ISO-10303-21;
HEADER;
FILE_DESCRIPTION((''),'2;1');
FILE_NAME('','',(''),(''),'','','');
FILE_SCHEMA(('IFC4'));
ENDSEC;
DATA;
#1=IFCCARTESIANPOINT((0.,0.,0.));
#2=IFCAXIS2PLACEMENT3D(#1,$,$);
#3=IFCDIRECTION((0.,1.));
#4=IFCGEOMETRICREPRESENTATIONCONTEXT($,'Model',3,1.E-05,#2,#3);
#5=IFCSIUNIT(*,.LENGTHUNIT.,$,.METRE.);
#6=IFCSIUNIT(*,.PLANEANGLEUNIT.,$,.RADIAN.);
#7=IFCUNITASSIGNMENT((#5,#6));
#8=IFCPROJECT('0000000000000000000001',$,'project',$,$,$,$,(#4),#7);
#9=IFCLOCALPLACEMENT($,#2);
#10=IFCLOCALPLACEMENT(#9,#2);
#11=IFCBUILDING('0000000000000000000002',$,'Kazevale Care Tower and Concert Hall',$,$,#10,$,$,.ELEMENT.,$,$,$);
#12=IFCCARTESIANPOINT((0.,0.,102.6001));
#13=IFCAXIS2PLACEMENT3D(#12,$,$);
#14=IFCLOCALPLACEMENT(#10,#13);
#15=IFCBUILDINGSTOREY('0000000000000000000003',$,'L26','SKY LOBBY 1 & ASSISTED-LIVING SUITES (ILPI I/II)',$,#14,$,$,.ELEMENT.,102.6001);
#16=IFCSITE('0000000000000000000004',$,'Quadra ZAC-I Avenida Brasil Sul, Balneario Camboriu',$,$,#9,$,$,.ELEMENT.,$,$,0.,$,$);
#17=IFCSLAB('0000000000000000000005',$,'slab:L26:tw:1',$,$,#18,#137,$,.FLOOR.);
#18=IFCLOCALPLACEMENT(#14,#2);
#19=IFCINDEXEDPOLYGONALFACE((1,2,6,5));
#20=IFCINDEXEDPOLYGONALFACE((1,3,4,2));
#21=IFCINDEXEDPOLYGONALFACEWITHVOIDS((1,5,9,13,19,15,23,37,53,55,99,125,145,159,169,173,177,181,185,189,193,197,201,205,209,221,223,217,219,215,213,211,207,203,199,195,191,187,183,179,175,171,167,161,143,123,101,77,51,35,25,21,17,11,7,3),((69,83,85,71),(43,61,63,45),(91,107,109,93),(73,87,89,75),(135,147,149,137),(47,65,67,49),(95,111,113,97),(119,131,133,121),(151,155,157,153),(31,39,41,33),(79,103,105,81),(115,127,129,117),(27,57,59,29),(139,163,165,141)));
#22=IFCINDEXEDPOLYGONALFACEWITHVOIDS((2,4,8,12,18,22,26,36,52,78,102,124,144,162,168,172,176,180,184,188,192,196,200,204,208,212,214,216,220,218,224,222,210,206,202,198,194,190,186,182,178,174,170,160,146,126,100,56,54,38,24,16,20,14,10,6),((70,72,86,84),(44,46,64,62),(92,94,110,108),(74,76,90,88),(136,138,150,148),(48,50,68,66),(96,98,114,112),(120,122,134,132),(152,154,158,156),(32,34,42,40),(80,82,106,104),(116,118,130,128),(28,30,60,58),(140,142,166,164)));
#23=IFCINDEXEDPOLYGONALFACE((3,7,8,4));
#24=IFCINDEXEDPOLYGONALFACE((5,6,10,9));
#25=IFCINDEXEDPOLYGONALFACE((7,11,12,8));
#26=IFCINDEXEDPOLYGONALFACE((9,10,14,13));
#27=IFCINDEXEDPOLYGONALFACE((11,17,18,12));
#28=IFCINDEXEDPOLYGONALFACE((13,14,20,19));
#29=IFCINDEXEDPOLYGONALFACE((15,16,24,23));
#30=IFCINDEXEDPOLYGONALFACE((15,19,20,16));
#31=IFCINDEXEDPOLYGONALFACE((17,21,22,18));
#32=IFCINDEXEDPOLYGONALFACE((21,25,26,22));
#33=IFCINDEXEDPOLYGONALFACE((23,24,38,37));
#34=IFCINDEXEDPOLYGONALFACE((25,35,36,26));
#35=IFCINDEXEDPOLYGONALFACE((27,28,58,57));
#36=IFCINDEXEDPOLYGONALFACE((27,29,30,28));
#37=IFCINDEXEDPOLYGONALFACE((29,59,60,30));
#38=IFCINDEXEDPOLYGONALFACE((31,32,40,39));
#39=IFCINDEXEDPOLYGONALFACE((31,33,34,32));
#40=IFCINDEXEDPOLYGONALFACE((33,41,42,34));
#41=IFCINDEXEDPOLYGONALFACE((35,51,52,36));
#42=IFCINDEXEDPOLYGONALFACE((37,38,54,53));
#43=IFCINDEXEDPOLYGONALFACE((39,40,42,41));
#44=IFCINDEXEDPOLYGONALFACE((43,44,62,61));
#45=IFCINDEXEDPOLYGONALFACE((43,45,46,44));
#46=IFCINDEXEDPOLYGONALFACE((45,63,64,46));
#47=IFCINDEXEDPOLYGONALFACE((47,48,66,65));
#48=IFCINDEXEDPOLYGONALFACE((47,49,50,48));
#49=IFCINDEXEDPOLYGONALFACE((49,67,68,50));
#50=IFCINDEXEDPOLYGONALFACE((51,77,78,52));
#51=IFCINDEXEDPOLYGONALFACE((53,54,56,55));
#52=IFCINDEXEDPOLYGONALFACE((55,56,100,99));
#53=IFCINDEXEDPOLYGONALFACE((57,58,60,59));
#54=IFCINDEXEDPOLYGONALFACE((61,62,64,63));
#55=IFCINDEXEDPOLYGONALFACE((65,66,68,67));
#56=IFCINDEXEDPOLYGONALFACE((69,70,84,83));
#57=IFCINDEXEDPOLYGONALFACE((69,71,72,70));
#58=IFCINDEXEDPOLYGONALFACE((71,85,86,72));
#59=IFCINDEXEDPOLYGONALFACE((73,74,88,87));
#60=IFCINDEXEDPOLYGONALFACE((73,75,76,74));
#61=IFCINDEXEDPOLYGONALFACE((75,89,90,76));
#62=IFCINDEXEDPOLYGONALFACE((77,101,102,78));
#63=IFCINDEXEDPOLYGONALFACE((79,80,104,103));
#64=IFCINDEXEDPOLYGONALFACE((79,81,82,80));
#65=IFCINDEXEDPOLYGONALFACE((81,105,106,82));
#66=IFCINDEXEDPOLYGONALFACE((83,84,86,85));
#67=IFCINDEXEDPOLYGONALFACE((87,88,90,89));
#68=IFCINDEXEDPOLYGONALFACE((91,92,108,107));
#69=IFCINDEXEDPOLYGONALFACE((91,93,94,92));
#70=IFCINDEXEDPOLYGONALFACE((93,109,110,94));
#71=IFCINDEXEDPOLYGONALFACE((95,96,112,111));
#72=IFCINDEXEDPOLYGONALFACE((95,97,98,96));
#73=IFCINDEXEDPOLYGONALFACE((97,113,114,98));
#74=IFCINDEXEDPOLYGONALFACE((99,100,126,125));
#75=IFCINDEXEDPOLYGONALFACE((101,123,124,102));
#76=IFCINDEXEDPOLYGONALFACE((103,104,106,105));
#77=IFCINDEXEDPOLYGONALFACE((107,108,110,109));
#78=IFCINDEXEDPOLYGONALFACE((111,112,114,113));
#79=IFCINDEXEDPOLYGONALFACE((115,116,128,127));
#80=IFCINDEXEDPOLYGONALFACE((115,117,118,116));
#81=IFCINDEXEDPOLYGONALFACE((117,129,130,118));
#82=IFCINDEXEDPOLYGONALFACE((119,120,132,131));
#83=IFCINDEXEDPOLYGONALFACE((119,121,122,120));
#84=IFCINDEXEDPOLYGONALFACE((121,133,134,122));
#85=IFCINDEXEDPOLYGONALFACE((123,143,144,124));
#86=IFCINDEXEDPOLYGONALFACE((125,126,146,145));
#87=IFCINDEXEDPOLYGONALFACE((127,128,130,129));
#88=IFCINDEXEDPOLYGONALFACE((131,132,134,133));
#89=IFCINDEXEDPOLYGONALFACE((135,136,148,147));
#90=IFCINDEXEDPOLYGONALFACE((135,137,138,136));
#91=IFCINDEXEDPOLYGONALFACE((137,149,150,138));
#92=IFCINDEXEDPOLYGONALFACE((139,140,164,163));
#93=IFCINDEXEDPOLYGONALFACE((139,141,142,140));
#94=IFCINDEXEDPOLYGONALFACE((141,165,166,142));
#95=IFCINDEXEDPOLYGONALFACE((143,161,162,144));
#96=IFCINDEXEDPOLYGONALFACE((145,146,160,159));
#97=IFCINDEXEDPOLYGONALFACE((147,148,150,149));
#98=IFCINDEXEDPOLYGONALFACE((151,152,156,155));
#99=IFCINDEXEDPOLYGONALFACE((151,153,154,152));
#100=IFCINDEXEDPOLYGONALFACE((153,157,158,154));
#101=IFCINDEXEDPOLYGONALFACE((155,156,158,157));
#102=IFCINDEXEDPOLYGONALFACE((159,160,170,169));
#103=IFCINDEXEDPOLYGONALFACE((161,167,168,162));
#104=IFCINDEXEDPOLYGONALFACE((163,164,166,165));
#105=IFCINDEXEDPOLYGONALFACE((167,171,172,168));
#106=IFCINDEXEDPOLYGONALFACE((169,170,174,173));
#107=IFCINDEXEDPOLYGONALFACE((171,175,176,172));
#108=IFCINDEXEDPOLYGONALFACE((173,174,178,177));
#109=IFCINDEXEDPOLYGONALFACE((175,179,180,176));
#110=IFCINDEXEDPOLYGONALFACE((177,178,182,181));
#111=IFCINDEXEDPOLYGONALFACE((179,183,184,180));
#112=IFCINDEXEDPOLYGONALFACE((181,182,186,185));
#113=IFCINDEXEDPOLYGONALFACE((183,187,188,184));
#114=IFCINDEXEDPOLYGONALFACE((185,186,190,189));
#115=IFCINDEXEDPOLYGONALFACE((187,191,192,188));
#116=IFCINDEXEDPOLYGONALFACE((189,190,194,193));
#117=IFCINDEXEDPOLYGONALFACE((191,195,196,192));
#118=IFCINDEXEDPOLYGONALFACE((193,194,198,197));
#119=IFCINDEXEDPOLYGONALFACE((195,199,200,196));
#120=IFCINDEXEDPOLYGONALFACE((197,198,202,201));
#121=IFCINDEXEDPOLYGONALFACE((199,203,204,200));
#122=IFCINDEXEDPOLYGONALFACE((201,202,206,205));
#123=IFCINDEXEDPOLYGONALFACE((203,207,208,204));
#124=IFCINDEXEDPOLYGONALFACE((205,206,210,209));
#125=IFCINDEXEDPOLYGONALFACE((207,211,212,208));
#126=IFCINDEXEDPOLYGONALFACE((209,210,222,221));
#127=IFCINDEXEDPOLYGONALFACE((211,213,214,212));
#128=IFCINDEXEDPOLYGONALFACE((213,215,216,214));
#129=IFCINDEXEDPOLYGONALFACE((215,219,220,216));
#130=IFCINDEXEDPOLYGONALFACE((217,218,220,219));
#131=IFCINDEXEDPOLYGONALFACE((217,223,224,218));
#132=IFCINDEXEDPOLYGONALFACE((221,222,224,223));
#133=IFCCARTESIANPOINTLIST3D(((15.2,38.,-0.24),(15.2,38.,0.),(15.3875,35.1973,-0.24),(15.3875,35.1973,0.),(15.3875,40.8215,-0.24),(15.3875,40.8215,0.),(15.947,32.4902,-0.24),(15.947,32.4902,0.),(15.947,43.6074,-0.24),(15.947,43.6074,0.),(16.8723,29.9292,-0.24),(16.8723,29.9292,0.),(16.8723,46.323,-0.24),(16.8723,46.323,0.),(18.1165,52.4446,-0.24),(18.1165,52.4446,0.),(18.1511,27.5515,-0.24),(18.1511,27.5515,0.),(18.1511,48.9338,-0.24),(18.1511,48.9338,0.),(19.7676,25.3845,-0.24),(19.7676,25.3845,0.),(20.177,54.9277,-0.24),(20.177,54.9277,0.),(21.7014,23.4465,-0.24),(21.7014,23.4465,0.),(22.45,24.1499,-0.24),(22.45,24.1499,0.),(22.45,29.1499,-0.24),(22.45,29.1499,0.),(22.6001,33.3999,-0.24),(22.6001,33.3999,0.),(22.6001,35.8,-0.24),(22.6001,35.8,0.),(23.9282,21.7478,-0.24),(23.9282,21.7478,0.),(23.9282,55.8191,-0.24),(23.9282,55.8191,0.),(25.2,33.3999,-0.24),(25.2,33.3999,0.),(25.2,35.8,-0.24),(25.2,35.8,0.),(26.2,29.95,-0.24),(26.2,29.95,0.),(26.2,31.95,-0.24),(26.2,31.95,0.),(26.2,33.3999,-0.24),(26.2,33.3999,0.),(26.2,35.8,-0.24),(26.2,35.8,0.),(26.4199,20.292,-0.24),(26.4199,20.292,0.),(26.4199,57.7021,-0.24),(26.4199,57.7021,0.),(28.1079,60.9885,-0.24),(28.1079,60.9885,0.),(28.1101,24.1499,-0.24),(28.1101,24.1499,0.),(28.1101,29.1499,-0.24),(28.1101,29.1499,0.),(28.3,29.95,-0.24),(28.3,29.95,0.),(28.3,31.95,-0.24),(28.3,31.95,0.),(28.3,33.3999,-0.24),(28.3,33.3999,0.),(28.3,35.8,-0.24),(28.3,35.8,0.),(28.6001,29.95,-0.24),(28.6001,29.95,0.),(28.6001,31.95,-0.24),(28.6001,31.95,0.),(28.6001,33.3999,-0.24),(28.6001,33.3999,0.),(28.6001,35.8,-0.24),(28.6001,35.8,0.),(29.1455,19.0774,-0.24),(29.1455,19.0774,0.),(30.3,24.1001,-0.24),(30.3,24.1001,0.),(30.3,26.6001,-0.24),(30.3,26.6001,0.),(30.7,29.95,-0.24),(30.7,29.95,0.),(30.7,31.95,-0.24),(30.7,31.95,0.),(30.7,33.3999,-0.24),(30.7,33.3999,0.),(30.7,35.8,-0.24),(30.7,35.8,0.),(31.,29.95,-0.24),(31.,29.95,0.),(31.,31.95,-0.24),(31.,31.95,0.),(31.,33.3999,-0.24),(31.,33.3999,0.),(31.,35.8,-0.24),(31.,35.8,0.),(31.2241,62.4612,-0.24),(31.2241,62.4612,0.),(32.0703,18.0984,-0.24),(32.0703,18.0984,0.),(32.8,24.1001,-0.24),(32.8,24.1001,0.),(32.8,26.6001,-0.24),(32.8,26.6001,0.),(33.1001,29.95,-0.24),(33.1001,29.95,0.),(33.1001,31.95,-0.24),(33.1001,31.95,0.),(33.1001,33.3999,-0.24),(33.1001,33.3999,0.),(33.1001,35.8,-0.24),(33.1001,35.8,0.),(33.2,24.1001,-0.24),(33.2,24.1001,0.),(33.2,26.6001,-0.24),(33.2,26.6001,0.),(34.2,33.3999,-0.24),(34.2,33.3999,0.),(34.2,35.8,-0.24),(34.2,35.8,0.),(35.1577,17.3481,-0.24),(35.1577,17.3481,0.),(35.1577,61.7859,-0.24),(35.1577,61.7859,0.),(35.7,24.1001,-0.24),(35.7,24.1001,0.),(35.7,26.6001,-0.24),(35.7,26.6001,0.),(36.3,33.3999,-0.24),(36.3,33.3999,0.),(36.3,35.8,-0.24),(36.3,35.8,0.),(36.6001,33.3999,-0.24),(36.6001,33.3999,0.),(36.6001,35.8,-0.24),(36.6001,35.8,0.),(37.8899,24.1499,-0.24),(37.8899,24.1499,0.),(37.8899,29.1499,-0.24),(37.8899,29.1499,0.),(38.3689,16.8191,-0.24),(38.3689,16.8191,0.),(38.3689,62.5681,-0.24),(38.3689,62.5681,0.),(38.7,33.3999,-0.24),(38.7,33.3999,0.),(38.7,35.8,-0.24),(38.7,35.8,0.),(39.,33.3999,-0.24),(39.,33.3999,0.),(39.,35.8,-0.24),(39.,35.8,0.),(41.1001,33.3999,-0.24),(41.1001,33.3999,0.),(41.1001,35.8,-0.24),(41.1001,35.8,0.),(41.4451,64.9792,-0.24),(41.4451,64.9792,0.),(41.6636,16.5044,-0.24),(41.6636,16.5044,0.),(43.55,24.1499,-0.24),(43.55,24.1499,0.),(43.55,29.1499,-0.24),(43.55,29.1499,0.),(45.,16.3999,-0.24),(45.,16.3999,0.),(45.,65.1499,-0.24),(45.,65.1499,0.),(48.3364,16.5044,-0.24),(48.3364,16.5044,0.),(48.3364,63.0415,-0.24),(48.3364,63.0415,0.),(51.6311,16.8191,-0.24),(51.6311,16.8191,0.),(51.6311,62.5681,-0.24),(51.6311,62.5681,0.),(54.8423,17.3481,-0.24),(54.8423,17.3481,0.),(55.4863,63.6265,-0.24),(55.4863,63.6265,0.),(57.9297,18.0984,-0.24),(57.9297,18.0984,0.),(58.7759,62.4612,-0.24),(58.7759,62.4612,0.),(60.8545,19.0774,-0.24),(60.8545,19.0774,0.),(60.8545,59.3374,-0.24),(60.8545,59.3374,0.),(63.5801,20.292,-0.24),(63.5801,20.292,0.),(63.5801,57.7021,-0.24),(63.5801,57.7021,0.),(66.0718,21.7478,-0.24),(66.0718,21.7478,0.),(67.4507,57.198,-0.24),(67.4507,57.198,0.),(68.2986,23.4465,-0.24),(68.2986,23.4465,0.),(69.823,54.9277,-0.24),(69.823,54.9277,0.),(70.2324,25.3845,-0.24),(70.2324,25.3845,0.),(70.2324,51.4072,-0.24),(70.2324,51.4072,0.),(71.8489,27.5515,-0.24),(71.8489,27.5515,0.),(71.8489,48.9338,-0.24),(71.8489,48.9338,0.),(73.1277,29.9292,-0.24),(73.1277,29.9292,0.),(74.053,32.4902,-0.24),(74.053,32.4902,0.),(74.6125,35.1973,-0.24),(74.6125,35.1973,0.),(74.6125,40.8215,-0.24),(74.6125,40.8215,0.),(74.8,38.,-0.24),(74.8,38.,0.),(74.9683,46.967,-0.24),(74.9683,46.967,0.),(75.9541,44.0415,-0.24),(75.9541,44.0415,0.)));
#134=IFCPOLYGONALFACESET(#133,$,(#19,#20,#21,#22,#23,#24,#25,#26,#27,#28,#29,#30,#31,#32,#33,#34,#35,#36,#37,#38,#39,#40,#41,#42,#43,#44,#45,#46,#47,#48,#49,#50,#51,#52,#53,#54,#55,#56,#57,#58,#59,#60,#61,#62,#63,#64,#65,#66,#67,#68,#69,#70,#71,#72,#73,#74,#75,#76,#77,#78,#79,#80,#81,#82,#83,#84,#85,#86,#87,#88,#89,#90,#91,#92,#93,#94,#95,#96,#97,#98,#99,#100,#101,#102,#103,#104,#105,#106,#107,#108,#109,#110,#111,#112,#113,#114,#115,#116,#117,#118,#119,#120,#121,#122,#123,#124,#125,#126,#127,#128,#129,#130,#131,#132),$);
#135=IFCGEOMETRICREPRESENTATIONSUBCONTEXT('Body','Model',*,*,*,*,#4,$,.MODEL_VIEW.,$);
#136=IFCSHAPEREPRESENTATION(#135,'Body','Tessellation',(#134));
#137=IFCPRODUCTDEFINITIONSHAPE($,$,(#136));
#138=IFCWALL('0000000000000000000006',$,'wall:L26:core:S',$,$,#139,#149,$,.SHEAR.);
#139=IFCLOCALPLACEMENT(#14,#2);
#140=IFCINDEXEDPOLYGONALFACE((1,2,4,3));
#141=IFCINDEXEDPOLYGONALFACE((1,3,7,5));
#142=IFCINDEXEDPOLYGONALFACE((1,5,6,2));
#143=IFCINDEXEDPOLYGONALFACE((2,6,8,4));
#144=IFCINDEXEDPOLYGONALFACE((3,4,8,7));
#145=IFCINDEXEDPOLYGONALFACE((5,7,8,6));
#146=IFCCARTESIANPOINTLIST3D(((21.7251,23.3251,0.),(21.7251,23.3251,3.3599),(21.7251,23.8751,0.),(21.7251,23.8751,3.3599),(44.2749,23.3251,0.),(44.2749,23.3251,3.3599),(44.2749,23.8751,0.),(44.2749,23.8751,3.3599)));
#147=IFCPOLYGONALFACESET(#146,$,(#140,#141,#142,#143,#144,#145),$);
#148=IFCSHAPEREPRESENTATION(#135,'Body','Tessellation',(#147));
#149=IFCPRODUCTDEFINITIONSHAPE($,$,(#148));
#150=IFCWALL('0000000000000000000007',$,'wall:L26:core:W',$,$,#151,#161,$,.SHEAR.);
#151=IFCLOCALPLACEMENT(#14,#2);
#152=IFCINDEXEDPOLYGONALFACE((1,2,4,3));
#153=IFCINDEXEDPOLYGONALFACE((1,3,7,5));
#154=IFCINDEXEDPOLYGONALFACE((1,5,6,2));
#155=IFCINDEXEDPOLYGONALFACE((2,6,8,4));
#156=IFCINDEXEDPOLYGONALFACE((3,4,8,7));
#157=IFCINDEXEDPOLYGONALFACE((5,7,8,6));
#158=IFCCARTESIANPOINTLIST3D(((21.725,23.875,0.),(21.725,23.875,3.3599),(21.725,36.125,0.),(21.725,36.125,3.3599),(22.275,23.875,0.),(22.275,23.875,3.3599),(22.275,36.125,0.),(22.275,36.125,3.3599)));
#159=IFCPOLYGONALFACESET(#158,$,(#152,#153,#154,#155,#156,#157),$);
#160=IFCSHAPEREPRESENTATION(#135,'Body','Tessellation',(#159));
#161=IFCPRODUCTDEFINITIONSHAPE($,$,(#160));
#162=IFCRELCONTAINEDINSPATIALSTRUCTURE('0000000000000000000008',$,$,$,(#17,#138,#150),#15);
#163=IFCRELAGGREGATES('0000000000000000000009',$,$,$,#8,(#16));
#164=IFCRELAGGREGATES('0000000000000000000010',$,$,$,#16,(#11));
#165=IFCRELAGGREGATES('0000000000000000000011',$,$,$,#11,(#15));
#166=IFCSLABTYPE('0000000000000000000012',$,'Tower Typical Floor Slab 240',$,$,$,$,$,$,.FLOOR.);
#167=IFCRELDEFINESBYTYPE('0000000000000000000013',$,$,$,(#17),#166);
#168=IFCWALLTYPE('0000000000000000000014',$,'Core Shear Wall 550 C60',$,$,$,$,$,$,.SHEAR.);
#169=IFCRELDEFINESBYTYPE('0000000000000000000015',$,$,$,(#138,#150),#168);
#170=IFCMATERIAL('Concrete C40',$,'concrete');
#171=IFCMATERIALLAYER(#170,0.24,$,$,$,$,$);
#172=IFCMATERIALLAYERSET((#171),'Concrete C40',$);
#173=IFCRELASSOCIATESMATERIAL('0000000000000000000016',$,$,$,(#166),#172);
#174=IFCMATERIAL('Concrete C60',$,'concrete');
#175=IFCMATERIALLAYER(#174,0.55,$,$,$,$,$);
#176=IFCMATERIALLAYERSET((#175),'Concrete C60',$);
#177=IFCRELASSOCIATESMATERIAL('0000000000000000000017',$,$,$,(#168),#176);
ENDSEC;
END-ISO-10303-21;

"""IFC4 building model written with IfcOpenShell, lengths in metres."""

from ifc_helpers import new_model, si_unit, direction, frame, frame_2d, origin, place, context, subcontext, project, spatial, polyline, rectangle, outline, extrude, material, layer, layer_set, type_object, element, save


model = new_model("IFC4")

# Units and contexts
model_context = context("Model", 3, precision=1e-05, world=origin(), true_north=direction((0.0, 1.0)))
body_context = subcontext(model_context, "Body", "Model", "MODEL_VIEW")
ifc_project = project(units=[si_unit("LENGTHUNIT", "METRE"), si_unit("PLANEANGLEUNIT", "RADIAN")], contexts=[model_context])

# Site, building, storey
site_placement = place(None, origin())
site = spatial("IfcSite", under=ifc_project, at=site_placement, Name="Quadra ZAC-I Avenida Brasil Sul, Balneario Camboriu", CompositionType="ELEMENT", RefElevation=0.0)
building_placement = place(site_placement, origin())
building = spatial("IfcBuilding", under=site, at=building_placement, Name="Kazevale Care Tower and Concert Hall", CompositionType="ELEMENT")
storey_placement = place(building_placement, frame((0.0, 0.0, 102.6001)))
storey = spatial("IfcBuildingStorey", under=building, at=storey_placement, Name="L26", Description="SKY LOBBY 1 & ASSISTED-LIVING SUITES (ILPI I/II)", CompositionType="ELEMENT", Elevation=102.6001)

# Shared definitions
ifc_material_1 = material(Name="Concrete C60", Category="concrete")

# Shared definitions
ifc_material_2 = material(Name="Concrete C40", Category="concrete")

# Slab
ifc_layer_1 = layer(ifc_material_2, 0.24)
ifc_layer_set_1 = layer_set([ifc_layer_1], Name="Concrete C40")
slab_type_1 = type_object("IfcSlabType", Name="Tower Typical Floor Slab 240", PredefinedType="FLOOR", material=ifc_layer_set_1)
slab_1_placement = place(storey_placement, frame((0.0, 0.0, -0.24)))
element("IfcSlab", 1, at=slab_1_placement, inside=storey, type_object=slab_type_1, Name="slab:L26:tw:1", PredefinedType="FLOOR", context=body_context, shape_type="SweptSolid", body=[
    extrude(outline(polyline([(74.8, 38.0), (74.6125, 40.8215), (75.9541, 44.0415), (74.9683, 46.967), (71.8489, 48.9338), (70.2324, 51.4072), (69.823, 54.9277), (67.4507, 57.198), (63.5801, 57.7021), (60.8545, 59.3374), (58.7759, 62.4612), (55.4863, 63.6265), (51.6311, 62.5681), (48.3364, 63.0415), (45.0, 65.1499), (41.4451, 64.9792), (38.3689, 62.5681), (35.1577, 61.7859), (31.2241, 62.4612), (28.1079, 60.9885), (26.4199, 57.7021), (23.9282, 55.8191), (20.177, 54.9277), (18.1165, 52.4446), (18.1511, 48.9338), (16.8723, 46.323), (15.947, 43.6074), (15.3875, 40.8215), (15.2, 38.0), (15.3875, 35.1973), (15.947, 32.4902), (16.8723, 29.9292), (18.1511, 27.5515), (19.7676, 25.3845), (21.7014, 23.4465), (23.9282, 21.7478), (26.4199, 20.292), (29.1455, 19.0774), (32.0703, 18.0984), (35.1577, 17.3481), (38.3689, 16.8191), (41.6636, 16.5044), (45.0, 16.3999), (48.3364, 16.5044), (51.6311, 16.8191), (54.8423, 17.3481), (57.9297, 18.0984), (60.8545, 19.0774), (63.5801, 20.292), (66.0718, 21.7478), (68.2986, 23.4465), (70.2324, 25.3845), (71.8489, 27.5515), (73.1277, 29.9292), (74.053, 32.4902), (74.6125, 35.1973), (74.8, 38.0)]), holes=[polyline([(22.45, 24.1499), (28.1101, 24.1499), (28.1101, 29.1499), (22.45, 29.1499), (22.45, 24.1499)]), polyline([(37.8899, 24.1499), (43.55, 24.1499), (43.55, 29.1499), (37.8899, 29.1499), (37.8899, 24.1499)]), polyline([(30.3, 24.1001), (32.8, 24.1001), (32.8, 26.6001), (30.3, 26.6001), (30.3, 24.1001)]), polyline([(33.2, 24.1001), (35.7, 24.1001), (35.7, 26.6001), (33.2, 26.6001), (33.2, 24.1001)]), polyline([(22.6001, 33.3999), (25.2, 33.3999), (25.2, 35.8), (22.6001, 35.8), (22.6001, 33.3999)]), polyline([(26.2, 33.3999), (28.3, 33.3999), (28.3, 35.8), (26.2, 35.8), (26.2, 33.3999)]), polyline([(28.6001, 33.3999), (30.7, 33.3999), (30.7, 35.8), (28.6001, 35.8), (28.6001, 33.3999)]), polyline([(31.0, 33.3999), (33.1001, 33.3999), (33.1001, 35.8), (31.0, 35.8), (31.0, 33.3999)]), polyline([(34.2, 33.3999), (36.3, 33.3999), (36.3, 35.8), (34.2, 35.8), (34.2, 33.3999)]), polyline([(36.6001, 33.3999), (38.7, 33.3999), (38.7, 35.8), (36.6001, 35.8), (36.6001, 33.3999)]), polyline([(39.0, 33.3999), (41.1001, 33.3999), (41.1001, 35.8), (39.0, 35.8), (39.0, 33.3999)]), polyline([(26.2, 29.95), (28.3, 29.95), (28.3, 31.95), (26.2, 31.95), (26.2, 29.95)]), polyline([(28.6001, 29.95), (30.7, 29.95), (30.7, 31.95), (28.6001, 31.95), (28.6001, 29.95)]), polyline([(31.0, 29.95), (33.1001, 29.95), (33.1001, 31.95), (31.0, 31.95), (31.0, 29.95)])]), origin(), (0.0, 0.0, 1.0), 0.24),
])

# Walls
ifc_layer_2 = layer(ifc_material_1, 0.55)
ifc_layer_set_2 = layer_set([ifc_layer_2], Name="Concrete C60")
wall_type_1 = type_object("IfcWallType", Name="Core Shear Wall 550 C60", PredefinedType="SHEAR", material=ifc_layer_set_2)
wall_1_placement = place(storey_placement, frame((21.7251, 23.6001, 0.0), z_axis=(0.0, 0.0, 1.0), x_axis=(1.0, 0.0, 0.0)))
element("IfcWall", 2, at=wall_1_placement, inside=storey, type_object=wall_type_1, Name="wall:L26:core:S", PredefinedType="SHEAR", context=body_context, shape_type="SweptSolid", body=[
    extrude(rectangle(XDim=22.5498, YDim=0.55, at=frame_2d((11.2749, 0.0))), origin(), (0.0, 0.0, 1.0), 3.3599),
])
wall_2_placement = place(storey_placement, frame((22.0, 23.875, 0.0), z_axis=(0.0, 0.0, 1.0), x_axis=(0.0, 1.0, 0.0)))
element("IfcWall", 3, at=wall_2_placement, inside=storey, type_object=wall_type_1, Name="wall:L26:core:W", PredefinedType="SHEAR", context=body_context, shape_type="SweptSolid", body=[
    extrude(rectangle(XDim=12.25, YDim=0.55, at=frame_2d((6.125, 0.0))), origin(), (0.0, 0.0, 1.0), 3.3599),
])

save(model, "model.ifc")
